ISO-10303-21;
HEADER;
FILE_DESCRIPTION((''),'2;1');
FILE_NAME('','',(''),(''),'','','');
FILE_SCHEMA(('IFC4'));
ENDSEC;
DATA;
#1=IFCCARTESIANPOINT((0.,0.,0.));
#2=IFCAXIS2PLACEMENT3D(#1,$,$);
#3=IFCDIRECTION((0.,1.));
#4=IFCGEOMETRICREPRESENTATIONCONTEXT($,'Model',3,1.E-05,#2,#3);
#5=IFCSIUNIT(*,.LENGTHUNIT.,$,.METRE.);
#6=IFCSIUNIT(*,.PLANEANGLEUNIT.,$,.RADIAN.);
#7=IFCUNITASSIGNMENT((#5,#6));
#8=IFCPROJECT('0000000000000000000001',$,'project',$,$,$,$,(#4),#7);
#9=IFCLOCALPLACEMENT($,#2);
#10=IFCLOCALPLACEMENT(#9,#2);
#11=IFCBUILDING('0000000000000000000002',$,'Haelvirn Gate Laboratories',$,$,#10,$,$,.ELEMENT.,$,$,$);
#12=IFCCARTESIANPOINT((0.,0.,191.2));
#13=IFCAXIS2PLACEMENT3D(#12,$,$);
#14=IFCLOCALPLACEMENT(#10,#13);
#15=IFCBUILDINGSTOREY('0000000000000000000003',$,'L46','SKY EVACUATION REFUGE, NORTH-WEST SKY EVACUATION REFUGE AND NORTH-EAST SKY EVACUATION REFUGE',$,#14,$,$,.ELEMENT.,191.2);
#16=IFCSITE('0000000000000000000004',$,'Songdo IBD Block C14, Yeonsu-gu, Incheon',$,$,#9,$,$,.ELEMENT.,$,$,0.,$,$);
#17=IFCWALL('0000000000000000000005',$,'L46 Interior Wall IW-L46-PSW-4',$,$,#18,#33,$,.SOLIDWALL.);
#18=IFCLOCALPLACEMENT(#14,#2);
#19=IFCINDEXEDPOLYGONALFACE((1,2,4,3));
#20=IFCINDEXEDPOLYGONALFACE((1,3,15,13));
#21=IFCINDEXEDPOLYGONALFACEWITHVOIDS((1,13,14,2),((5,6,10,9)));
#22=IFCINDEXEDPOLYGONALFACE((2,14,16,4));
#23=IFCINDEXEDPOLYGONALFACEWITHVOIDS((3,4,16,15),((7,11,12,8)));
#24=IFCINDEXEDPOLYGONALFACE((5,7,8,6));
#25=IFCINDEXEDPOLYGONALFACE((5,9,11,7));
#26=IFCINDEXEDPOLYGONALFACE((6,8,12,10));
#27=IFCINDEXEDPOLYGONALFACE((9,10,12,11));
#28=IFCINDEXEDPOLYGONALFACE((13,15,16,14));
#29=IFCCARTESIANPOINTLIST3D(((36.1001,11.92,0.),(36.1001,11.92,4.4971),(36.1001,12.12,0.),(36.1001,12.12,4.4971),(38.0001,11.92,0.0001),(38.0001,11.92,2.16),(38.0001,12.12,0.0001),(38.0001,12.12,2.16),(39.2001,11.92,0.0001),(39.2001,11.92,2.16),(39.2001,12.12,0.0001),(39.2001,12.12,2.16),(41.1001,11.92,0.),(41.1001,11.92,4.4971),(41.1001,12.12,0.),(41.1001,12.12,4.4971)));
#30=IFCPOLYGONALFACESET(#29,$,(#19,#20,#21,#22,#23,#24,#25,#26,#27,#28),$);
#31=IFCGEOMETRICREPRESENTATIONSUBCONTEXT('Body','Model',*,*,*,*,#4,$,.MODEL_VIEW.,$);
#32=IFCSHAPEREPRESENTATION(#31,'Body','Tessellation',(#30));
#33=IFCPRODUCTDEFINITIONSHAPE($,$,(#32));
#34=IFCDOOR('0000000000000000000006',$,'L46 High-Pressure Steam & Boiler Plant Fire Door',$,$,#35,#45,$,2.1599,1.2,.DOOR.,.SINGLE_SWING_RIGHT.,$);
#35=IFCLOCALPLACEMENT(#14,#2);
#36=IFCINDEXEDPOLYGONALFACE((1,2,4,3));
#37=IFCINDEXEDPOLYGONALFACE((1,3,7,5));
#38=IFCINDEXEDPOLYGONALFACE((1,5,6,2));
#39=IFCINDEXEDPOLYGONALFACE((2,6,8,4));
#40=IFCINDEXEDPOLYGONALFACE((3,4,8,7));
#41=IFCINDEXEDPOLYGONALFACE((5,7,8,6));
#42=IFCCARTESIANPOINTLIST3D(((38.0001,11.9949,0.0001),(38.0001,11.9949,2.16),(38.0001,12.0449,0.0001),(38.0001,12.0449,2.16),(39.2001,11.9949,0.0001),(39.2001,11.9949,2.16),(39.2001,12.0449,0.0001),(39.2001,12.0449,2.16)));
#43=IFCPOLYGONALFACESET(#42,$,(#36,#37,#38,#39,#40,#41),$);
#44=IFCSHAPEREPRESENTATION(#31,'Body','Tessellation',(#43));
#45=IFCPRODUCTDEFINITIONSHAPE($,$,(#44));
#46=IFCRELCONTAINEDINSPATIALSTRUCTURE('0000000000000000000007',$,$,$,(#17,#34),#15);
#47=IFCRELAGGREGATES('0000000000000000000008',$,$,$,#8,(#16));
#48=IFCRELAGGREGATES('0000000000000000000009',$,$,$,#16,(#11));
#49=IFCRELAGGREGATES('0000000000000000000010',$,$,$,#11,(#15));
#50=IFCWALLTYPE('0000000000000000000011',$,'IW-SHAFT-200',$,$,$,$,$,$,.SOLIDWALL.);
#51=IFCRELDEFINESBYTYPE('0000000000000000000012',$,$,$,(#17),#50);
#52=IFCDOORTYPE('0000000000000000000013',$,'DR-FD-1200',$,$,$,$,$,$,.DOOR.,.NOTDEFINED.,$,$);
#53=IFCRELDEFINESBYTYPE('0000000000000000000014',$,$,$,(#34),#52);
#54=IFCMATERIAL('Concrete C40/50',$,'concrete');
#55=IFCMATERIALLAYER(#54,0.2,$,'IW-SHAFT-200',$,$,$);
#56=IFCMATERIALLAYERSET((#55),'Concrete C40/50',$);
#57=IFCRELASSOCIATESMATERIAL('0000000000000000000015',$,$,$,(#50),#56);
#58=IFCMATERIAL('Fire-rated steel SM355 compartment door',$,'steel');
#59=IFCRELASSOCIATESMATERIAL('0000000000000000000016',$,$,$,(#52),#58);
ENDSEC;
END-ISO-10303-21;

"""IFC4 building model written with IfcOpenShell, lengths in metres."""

from ifc_helpers import new_model, si_unit, direction, frame, frame_2d, origin, place, context, subcontext, project, spatial, rectangle, extrude, source, transform, mapped, material, layer, layer_set, type_object, type_shapes, element, fill, save


model = new_model("IFC4")

# Units and contexts
model_context = context("Model", 3, precision=1e-05, world=origin(), true_north=direction((0.0, 1.0)))
body_context = subcontext(model_context, "Body", "Model", "MODEL_VIEW")
ifc_project = project(units=[si_unit("LENGTHUNIT", "METRE"), si_unit("PLANEANGLEUNIT", "RADIAN")], contexts=[model_context])

# Site, building, storey
site_placement = place(None, origin())
site = spatial("IfcSite", under=ifc_project, at=site_placement, Name="Songdo IBD Block C14, Yeonsu-gu, Incheon", CompositionType="ELEMENT", RefElevation=0.0)
building_placement = place(site_placement, origin())
building = spatial("IfcBuilding", under=site, at=building_placement, Name="Haelvirn Gate Laboratories", CompositionType="ELEMENT")
storey_placement = place(building_placement, frame((0.0, 0.0, 191.2)))
storey = spatial("IfcBuildingStorey", under=building, at=storey_placement, Name="L46", Description="SKY EVACUATION REFUGE, NORTH-WEST SKY EVACUATION REFUGE AND NORTH-EAST SKY EVACUATION REFUGE", CompositionType="ELEMENT", Elevation=191.2)

# Shared definitions
ifc_material_1 = material(Name="Concrete C40/50", Category="concrete")
ifc_layer_1 = layer(ifc_material_1, 0.2, Name="IW-SHAFT-200")
ifc_layer_set_1 = layer_set([ifc_layer_1], Name="Concrete C40/50")
wall_type_1 = type_object("IfcWallType", Name="IW-SHAFT-200", PredefinedType="SOLIDWALL", material=ifc_layer_set_1)
ifc_material_2 = material(Name="Fire-rated steel SM355 compartment door", Category="steel")
door_type = type_object("IfcDoorType", Name="DR-FD-1200", OperationType="NOTDEFINED", PredefinedType="DOOR", material=ifc_material_2)
shared_shape_1 = source(origin(), body_context, "Body", "SweptSolid", [
    extrude(rectangle(XDim=1.2, YDim=2.1599, at=frame_2d((0.6001, 1.0801))), frame((0.0, 0.0249, 0.0), z_axis=(0.0, -1.0, 0.0), x_axis=(1.0, 0.0, 0.0)), (0.0, 0.0, 1.0), 0.05),
])
type_shapes(door_type, [shared_shape_1])

# Wall, opening, door
wall_1_placement = place(storey_placement, frame((36.1001, 12.02, 0.0), z_axis=(0.0, 0.0, 1.0), x_axis=(1.0, 0.0, 0.0)))
wall_1 = element("IfcWall", 1, at=wall_1_placement, inside=storey, type_object=wall_type_1, Name="L46 Interior Wall IW-L46-PSW-4", PredefinedType="SOLIDWALL", context=body_context, shape_type="SweptSolid", body=[
    extrude(rectangle(XDim=5.0, YDim=0.2, at=frame_2d((2.5, 0.0))), origin(), (0.0, 0.0, 1.0), 4.4971),
])
opening_1_placement = place(wall_1_placement, frame((1.8999, 0.0, 0.0)))
opening_1 = element("IfcOpeningElement", 2, at=opening_1_placement, cuts=wall_1, PredefinedType="OPENING", context=body_context, shape_type="SweptSolid", body=[
    extrude(rectangle(XDim=1.2, YDim=2.1599, at=frame_2d((0.6001, 1.0801))), frame((0.0, 0.1099, 0.0), z_axis=(0.0, -1.0, 0.0), x_axis=(1.0, 0.0, 0.0)), (0.0, 0.0, 1.0), 0.22),
])
door_1_placement = place(opening_1_placement, origin())
door_1 = element("IfcDoor", 3, at=door_1_placement, inside=storey, type_object=door_type, Name="L46 High-Pressure Steam & Boiler Plant Fire Door", OperationType="SINGLE_SWING_RIGHT", OverallHeight=2.1599, OverallWidth=1.2, PredefinedType="DOOR", context=body_context, shape_type="MappedRepresentation", body=[
    mapped(shared_shape_1, transform((0.0, 0.0, 0.0), scale=1.0)),
])
fill(opening_1, door_1)

save(model, "model.ifc")
